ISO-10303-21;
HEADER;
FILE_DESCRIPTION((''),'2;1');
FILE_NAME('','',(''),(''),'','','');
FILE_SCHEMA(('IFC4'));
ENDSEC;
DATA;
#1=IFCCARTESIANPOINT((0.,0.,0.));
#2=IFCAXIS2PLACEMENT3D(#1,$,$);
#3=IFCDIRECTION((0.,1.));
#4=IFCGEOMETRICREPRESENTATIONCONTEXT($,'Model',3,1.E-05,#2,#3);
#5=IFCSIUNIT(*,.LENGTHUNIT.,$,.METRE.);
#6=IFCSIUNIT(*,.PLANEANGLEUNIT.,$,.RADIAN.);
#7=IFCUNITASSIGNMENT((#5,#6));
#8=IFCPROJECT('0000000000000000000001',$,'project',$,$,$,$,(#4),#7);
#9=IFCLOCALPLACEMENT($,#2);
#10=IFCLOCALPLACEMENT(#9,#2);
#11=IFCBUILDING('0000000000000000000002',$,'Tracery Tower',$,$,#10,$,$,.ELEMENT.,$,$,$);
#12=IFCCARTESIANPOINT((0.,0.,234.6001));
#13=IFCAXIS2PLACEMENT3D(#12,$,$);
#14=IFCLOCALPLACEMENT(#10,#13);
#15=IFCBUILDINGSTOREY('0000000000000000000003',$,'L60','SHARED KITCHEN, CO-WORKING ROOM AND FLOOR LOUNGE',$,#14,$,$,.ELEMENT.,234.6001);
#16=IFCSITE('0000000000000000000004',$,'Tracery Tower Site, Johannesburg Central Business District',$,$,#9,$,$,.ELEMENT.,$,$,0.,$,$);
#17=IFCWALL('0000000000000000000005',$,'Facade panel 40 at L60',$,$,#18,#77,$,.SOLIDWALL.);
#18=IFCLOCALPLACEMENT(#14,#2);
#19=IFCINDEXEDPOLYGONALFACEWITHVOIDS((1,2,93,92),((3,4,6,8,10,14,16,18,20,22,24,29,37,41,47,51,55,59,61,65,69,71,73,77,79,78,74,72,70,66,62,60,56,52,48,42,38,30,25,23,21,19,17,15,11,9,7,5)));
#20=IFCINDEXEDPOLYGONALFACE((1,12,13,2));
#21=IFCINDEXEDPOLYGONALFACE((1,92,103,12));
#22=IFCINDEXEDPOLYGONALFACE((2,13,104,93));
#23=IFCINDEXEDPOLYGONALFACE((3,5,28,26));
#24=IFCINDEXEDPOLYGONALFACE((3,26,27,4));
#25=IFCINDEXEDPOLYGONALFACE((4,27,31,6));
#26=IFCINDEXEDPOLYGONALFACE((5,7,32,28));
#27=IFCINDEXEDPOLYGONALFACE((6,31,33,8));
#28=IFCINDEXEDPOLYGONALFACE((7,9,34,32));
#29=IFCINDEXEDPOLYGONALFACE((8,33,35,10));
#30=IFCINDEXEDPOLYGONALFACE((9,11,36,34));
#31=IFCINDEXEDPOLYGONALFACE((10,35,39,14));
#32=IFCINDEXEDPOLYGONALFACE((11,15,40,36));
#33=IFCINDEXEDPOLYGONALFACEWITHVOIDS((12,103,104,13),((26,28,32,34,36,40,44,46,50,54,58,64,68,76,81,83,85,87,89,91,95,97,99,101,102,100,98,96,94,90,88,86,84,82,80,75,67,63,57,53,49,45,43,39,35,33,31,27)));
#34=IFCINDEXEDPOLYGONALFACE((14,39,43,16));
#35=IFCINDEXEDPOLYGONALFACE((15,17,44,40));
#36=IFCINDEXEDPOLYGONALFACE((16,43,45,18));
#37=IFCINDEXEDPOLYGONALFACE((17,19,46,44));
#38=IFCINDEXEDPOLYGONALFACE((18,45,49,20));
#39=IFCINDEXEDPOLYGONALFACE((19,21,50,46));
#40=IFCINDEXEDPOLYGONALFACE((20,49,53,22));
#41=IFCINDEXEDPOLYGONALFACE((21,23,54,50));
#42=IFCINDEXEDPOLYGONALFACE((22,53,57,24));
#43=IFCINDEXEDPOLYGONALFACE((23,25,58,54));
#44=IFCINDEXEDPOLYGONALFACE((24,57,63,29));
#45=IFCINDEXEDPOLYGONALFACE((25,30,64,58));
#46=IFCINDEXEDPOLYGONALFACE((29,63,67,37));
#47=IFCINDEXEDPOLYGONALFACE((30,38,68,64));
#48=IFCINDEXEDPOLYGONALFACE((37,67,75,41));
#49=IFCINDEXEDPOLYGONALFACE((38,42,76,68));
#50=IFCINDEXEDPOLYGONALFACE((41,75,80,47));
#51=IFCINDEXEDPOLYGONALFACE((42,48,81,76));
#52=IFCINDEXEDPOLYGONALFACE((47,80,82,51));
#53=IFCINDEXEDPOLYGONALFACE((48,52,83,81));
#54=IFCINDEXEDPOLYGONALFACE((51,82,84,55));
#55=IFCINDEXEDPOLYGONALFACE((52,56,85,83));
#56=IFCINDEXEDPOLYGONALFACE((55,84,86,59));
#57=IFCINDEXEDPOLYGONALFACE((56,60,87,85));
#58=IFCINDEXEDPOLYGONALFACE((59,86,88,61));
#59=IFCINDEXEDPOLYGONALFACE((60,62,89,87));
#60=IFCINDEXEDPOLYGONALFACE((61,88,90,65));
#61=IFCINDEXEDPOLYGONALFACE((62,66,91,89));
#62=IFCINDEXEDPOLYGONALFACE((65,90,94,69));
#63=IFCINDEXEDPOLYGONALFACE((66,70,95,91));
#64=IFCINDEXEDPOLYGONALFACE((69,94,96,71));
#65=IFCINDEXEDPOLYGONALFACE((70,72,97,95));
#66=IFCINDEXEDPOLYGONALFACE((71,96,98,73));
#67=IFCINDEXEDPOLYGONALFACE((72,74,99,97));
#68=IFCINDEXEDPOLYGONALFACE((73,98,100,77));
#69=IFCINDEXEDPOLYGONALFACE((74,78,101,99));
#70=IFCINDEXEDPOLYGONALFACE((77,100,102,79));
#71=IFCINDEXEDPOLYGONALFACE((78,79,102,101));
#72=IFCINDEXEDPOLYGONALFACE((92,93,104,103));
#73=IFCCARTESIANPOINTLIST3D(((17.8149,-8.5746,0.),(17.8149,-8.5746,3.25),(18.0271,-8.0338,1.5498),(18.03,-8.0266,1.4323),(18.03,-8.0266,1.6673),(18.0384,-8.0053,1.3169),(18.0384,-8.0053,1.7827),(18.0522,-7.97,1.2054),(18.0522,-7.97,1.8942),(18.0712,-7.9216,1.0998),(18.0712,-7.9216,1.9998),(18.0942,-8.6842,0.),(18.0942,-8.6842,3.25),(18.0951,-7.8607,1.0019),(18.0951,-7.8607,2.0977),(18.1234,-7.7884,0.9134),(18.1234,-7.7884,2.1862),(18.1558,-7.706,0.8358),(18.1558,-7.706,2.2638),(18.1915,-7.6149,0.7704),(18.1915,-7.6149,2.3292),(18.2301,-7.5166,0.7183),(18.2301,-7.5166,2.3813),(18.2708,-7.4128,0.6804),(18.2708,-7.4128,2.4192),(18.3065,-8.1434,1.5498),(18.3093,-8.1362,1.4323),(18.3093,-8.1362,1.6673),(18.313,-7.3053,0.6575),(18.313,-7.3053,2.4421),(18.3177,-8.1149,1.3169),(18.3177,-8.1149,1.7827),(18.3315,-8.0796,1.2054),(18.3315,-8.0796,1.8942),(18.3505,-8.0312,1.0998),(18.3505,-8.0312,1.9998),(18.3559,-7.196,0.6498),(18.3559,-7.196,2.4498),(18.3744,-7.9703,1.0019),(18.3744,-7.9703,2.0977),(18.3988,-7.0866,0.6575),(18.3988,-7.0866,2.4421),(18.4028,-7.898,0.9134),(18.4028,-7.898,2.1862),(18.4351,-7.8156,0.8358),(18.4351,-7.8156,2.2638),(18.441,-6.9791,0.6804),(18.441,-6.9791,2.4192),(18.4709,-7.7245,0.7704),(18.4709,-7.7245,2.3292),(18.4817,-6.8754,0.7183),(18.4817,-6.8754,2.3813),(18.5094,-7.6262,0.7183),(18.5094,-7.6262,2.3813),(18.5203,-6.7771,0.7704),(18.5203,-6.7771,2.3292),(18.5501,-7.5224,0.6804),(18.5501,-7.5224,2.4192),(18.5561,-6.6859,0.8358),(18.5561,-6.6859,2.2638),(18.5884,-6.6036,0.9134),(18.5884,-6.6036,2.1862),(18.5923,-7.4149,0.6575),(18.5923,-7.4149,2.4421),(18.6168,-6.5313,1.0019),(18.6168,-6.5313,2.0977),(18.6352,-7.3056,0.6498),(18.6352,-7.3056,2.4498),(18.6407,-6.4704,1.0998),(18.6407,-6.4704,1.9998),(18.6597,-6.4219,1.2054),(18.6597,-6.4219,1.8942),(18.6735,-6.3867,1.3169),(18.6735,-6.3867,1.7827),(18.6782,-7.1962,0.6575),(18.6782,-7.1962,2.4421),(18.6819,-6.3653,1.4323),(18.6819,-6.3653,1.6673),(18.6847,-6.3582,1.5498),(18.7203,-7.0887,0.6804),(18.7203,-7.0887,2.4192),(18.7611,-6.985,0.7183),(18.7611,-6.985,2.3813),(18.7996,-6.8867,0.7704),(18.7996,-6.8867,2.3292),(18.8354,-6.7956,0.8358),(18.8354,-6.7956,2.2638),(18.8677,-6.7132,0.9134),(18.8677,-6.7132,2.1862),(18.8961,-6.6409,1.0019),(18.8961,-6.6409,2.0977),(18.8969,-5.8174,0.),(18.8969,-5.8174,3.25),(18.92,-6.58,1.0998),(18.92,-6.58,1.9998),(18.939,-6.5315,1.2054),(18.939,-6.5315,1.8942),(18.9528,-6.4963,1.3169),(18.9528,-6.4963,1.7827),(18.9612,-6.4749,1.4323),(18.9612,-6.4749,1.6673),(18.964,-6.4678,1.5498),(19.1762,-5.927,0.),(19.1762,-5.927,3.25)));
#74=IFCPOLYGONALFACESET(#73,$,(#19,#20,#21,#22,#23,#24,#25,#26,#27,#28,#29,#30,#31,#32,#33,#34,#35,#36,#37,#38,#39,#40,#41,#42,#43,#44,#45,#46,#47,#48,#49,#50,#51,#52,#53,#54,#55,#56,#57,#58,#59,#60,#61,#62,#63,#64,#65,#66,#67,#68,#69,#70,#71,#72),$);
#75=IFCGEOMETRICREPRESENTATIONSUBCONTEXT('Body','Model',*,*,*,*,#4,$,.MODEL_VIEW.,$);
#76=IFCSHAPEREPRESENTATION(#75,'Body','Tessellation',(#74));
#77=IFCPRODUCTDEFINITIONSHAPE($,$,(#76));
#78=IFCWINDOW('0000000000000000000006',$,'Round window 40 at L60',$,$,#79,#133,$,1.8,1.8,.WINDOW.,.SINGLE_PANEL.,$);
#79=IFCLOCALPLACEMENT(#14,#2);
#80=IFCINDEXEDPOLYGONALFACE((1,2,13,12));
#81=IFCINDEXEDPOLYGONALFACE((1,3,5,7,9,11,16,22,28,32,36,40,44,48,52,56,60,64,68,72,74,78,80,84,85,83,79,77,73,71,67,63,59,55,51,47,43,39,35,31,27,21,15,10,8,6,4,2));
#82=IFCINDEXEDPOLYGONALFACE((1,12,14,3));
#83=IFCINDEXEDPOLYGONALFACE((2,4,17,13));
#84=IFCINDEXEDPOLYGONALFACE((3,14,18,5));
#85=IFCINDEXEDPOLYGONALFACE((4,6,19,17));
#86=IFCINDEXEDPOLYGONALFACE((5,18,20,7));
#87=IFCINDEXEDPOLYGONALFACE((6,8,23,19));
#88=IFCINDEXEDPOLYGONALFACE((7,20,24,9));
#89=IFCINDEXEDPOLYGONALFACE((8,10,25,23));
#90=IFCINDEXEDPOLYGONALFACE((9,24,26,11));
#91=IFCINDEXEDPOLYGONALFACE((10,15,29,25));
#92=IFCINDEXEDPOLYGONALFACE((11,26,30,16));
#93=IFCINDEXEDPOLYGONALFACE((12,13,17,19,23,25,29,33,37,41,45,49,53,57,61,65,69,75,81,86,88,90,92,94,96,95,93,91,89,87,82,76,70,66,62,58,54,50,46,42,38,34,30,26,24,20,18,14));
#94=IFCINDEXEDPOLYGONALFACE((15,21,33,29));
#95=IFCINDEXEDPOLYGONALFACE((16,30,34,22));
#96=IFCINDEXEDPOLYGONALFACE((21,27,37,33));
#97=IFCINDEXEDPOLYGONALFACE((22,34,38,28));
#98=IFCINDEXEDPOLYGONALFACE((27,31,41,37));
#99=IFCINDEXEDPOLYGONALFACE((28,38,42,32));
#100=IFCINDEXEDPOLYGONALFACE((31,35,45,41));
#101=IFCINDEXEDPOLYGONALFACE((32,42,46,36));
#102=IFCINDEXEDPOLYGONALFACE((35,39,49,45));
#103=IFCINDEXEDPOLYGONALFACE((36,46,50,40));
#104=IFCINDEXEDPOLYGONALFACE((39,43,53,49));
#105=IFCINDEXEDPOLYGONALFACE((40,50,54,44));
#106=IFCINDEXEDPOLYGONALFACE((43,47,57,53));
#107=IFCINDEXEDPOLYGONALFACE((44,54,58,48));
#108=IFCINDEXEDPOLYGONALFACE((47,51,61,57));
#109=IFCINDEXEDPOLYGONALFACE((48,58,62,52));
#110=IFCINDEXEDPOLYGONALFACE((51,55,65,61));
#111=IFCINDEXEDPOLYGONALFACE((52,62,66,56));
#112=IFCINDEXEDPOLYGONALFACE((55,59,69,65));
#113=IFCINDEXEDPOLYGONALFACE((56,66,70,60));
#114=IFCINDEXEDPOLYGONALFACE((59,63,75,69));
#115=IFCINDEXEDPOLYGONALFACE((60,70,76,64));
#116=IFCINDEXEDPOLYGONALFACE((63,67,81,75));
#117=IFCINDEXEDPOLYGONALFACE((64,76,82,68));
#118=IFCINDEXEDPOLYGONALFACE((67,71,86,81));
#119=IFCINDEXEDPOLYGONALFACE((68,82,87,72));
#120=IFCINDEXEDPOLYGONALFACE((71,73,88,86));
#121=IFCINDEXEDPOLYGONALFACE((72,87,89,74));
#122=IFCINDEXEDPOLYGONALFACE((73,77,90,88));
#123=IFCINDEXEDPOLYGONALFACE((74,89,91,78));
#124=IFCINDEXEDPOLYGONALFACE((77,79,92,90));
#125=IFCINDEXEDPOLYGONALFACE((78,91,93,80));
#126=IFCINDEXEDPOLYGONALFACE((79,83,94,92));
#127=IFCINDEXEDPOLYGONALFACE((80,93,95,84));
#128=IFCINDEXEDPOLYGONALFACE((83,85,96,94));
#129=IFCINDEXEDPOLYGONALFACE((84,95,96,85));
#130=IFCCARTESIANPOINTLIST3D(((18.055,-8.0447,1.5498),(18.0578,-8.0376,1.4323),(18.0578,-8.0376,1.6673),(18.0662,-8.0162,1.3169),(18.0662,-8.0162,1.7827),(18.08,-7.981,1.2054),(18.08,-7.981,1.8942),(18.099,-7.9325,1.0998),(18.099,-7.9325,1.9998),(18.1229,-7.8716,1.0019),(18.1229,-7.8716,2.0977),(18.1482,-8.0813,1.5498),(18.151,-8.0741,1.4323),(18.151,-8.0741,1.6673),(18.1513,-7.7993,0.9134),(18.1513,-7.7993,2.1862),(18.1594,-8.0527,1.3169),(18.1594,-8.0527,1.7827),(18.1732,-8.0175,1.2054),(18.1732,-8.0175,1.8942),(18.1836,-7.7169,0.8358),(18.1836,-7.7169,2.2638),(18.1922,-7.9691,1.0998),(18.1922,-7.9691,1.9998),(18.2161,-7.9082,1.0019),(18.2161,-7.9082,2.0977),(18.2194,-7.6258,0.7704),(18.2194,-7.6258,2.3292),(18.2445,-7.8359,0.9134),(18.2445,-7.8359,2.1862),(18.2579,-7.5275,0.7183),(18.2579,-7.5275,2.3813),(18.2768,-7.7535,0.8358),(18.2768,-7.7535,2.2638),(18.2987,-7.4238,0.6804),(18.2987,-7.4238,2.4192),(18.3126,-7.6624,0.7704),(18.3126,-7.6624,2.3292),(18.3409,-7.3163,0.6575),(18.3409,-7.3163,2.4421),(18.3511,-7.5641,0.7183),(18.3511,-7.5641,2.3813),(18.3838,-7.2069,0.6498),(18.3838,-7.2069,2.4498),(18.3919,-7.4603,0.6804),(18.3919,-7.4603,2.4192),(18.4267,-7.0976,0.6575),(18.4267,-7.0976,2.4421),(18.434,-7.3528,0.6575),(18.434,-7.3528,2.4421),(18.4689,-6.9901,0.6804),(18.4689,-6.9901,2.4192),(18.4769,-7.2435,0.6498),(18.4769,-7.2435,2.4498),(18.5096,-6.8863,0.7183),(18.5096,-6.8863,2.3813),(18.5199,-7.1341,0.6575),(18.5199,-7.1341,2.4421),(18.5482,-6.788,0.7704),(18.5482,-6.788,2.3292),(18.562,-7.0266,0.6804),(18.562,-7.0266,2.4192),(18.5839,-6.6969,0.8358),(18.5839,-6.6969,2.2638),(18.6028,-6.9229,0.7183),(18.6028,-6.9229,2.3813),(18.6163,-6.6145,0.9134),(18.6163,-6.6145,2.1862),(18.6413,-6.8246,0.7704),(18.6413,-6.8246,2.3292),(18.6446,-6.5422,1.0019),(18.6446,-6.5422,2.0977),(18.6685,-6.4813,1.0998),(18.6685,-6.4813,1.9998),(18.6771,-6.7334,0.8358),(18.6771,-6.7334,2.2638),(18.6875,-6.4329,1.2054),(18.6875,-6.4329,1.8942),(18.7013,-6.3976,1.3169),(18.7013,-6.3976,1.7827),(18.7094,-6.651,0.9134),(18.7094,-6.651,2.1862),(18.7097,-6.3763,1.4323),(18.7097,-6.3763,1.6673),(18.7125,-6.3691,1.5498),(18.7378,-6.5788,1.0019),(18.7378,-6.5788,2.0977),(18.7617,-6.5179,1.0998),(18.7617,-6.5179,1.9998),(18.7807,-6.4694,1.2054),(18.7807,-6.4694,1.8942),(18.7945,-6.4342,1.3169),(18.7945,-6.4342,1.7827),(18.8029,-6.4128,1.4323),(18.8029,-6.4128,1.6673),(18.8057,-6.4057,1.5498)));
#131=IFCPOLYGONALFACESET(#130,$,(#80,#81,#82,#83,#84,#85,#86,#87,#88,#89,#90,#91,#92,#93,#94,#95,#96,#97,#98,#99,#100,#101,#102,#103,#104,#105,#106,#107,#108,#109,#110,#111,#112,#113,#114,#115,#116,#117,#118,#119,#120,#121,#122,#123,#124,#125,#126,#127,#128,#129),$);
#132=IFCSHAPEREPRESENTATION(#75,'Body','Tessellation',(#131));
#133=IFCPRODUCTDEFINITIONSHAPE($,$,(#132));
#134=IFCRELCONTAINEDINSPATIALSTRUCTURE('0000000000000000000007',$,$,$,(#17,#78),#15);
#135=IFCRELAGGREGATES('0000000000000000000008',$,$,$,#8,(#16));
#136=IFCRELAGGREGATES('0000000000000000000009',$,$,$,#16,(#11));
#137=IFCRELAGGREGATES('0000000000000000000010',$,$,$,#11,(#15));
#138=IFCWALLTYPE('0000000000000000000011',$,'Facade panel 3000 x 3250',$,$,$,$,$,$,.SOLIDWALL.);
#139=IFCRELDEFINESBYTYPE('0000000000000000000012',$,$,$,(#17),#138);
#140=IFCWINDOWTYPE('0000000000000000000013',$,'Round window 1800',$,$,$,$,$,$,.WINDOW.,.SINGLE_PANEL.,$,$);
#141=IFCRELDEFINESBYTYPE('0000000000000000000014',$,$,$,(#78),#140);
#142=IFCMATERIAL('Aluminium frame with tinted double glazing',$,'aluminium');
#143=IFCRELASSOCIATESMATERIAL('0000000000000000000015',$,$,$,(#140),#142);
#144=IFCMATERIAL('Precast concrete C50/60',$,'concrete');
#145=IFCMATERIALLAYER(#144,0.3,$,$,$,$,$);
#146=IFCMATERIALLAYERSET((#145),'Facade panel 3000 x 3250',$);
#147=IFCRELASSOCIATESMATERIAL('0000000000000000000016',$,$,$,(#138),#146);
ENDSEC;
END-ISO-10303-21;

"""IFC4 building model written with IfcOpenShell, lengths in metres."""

from ifc_helpers import new_model, si_unit, direction, frame, frame_2d, origin, origin_2d, place, context, subcontext, project, spatial, rectangle, circle, extrude, material, layer, layer_set, type_object, element, fill, save


model = new_model("IFC4")

# Units and contexts
model_context = context("Model", 3, precision=1e-05, world=origin(), true_north=direction((0.0, 1.0)))
body_context = subcontext(model_context, "Body", "Model", "MODEL_VIEW")
ifc_project = project(units=[si_unit("LENGTHUNIT", "METRE"), si_unit("PLANEANGLEUNIT", "RADIAN")], contexts=[model_context])

# Site, building, storey
site_placement = place(None, origin())
site = spatial("IfcSite", under=ifc_project, at=site_placement, Name="Tracery Tower Site, Johannesburg Central Business District", CompositionType="ELEMENT", RefElevation=0.0)
building_placement = place(site_placement, origin())
building = spatial("IfcBuilding", under=site, at=building_placement, Name="Tracery Tower", CompositionType="ELEMENT")
storey_placement = place(building_placement, frame((0.0, 0.0, 234.6001)))
storey = spatial("IfcBuildingStorey", under=building, at=storey_placement, Name="L60", Description="SHARED KITCHEN, CO-WORKING ROOM AND FLOOR LOUNGE", CompositionType="ELEMENT", Elevation=234.6001)

# Wall, opening, window
ifc_material_1 = material(Name="Aluminium frame with tinted double glazing", Category="aluminium")
window_type = type_object("IfcWindowType", Name="Round window 1800", PartitioningType="SINGLE_PANEL", PredefinedType="WINDOW", material=ifc_material_1)
ifc_material_2 = material(Name="Precast concrete C50/60", Category="concrete")
ifc_layer_1 = layer(ifc_material_2, 0.3)
ifc_layer_set_1 = layer_set([ifc_layer_1], Name="Facade panel 3000 x 3250")
wall_type_1 = type_object("IfcWallType", Name="Facade panel 3000 x 3250", PredefinedType="SOLIDWALL", material=ifc_layer_set_1)
wall_1_placement = place(storey_placement, frame((17.9546, -8.6294, 0.0), z_axis=(0.0, 0.0, 1.0), x_axis=(0.3653, 0.93089, 0.0)))
wall_1 = element("IfcWall", 1, at=wall_1_placement, inside=storey, type_object=wall_type_1, Name="Facade panel 40 at L60", PredefinedType="SOLIDWALL", context=body_context, shape_type="SweptSolid", body=[
    extrude(rectangle(XDim=2.9619, YDim=0.3, at=frame_2d((1.481, 0.0))), origin(), (0.0, 0.0, 1.0), 3.25),
])
opening_1_placement = place(wall_1_placement, frame((1.481, 0.0, 1.5498)))
opening_1 = element("IfcOpeningElement", 2, at=opening_1_placement, cuts=wall_1, PredefinedType="OPENING", context=body_context, shape_type="SweptSolid", body=[
    extrude(circle(Radius=0.9, at=origin_2d()), frame((0.0, 0.1599, 0.0), z_axis=(0.0, -1.0, 0.0), x_axis=(1.0, 0.0, 0.0)), (0.0, 0.0, 1.0), 0.3201),
])
window_1_placement = place(opening_1_placement, origin())
window_1 = element("IfcWindow", 3, at=window_1_placement, inside=storey, type_object=window_type, Name="Round window 40 at L60", OverallHeight=1.8, OverallWidth=1.8, PartitioningType="SINGLE_PANEL", PredefinedType="WINDOW", context=body_context, shape_type="SweptSolid", body=[
    extrude(circle(Radius=0.9, at=origin_2d()), frame((0.0, 0.1201, 0.0), z_axis=(0.0, -1.0, 0.0), x_axis=(1.0, 0.0, 0.0)), (0.0, 0.0, 1.0), 0.1001),
])
fill(opening_1, window_1)

save(model, "model.ifc")
